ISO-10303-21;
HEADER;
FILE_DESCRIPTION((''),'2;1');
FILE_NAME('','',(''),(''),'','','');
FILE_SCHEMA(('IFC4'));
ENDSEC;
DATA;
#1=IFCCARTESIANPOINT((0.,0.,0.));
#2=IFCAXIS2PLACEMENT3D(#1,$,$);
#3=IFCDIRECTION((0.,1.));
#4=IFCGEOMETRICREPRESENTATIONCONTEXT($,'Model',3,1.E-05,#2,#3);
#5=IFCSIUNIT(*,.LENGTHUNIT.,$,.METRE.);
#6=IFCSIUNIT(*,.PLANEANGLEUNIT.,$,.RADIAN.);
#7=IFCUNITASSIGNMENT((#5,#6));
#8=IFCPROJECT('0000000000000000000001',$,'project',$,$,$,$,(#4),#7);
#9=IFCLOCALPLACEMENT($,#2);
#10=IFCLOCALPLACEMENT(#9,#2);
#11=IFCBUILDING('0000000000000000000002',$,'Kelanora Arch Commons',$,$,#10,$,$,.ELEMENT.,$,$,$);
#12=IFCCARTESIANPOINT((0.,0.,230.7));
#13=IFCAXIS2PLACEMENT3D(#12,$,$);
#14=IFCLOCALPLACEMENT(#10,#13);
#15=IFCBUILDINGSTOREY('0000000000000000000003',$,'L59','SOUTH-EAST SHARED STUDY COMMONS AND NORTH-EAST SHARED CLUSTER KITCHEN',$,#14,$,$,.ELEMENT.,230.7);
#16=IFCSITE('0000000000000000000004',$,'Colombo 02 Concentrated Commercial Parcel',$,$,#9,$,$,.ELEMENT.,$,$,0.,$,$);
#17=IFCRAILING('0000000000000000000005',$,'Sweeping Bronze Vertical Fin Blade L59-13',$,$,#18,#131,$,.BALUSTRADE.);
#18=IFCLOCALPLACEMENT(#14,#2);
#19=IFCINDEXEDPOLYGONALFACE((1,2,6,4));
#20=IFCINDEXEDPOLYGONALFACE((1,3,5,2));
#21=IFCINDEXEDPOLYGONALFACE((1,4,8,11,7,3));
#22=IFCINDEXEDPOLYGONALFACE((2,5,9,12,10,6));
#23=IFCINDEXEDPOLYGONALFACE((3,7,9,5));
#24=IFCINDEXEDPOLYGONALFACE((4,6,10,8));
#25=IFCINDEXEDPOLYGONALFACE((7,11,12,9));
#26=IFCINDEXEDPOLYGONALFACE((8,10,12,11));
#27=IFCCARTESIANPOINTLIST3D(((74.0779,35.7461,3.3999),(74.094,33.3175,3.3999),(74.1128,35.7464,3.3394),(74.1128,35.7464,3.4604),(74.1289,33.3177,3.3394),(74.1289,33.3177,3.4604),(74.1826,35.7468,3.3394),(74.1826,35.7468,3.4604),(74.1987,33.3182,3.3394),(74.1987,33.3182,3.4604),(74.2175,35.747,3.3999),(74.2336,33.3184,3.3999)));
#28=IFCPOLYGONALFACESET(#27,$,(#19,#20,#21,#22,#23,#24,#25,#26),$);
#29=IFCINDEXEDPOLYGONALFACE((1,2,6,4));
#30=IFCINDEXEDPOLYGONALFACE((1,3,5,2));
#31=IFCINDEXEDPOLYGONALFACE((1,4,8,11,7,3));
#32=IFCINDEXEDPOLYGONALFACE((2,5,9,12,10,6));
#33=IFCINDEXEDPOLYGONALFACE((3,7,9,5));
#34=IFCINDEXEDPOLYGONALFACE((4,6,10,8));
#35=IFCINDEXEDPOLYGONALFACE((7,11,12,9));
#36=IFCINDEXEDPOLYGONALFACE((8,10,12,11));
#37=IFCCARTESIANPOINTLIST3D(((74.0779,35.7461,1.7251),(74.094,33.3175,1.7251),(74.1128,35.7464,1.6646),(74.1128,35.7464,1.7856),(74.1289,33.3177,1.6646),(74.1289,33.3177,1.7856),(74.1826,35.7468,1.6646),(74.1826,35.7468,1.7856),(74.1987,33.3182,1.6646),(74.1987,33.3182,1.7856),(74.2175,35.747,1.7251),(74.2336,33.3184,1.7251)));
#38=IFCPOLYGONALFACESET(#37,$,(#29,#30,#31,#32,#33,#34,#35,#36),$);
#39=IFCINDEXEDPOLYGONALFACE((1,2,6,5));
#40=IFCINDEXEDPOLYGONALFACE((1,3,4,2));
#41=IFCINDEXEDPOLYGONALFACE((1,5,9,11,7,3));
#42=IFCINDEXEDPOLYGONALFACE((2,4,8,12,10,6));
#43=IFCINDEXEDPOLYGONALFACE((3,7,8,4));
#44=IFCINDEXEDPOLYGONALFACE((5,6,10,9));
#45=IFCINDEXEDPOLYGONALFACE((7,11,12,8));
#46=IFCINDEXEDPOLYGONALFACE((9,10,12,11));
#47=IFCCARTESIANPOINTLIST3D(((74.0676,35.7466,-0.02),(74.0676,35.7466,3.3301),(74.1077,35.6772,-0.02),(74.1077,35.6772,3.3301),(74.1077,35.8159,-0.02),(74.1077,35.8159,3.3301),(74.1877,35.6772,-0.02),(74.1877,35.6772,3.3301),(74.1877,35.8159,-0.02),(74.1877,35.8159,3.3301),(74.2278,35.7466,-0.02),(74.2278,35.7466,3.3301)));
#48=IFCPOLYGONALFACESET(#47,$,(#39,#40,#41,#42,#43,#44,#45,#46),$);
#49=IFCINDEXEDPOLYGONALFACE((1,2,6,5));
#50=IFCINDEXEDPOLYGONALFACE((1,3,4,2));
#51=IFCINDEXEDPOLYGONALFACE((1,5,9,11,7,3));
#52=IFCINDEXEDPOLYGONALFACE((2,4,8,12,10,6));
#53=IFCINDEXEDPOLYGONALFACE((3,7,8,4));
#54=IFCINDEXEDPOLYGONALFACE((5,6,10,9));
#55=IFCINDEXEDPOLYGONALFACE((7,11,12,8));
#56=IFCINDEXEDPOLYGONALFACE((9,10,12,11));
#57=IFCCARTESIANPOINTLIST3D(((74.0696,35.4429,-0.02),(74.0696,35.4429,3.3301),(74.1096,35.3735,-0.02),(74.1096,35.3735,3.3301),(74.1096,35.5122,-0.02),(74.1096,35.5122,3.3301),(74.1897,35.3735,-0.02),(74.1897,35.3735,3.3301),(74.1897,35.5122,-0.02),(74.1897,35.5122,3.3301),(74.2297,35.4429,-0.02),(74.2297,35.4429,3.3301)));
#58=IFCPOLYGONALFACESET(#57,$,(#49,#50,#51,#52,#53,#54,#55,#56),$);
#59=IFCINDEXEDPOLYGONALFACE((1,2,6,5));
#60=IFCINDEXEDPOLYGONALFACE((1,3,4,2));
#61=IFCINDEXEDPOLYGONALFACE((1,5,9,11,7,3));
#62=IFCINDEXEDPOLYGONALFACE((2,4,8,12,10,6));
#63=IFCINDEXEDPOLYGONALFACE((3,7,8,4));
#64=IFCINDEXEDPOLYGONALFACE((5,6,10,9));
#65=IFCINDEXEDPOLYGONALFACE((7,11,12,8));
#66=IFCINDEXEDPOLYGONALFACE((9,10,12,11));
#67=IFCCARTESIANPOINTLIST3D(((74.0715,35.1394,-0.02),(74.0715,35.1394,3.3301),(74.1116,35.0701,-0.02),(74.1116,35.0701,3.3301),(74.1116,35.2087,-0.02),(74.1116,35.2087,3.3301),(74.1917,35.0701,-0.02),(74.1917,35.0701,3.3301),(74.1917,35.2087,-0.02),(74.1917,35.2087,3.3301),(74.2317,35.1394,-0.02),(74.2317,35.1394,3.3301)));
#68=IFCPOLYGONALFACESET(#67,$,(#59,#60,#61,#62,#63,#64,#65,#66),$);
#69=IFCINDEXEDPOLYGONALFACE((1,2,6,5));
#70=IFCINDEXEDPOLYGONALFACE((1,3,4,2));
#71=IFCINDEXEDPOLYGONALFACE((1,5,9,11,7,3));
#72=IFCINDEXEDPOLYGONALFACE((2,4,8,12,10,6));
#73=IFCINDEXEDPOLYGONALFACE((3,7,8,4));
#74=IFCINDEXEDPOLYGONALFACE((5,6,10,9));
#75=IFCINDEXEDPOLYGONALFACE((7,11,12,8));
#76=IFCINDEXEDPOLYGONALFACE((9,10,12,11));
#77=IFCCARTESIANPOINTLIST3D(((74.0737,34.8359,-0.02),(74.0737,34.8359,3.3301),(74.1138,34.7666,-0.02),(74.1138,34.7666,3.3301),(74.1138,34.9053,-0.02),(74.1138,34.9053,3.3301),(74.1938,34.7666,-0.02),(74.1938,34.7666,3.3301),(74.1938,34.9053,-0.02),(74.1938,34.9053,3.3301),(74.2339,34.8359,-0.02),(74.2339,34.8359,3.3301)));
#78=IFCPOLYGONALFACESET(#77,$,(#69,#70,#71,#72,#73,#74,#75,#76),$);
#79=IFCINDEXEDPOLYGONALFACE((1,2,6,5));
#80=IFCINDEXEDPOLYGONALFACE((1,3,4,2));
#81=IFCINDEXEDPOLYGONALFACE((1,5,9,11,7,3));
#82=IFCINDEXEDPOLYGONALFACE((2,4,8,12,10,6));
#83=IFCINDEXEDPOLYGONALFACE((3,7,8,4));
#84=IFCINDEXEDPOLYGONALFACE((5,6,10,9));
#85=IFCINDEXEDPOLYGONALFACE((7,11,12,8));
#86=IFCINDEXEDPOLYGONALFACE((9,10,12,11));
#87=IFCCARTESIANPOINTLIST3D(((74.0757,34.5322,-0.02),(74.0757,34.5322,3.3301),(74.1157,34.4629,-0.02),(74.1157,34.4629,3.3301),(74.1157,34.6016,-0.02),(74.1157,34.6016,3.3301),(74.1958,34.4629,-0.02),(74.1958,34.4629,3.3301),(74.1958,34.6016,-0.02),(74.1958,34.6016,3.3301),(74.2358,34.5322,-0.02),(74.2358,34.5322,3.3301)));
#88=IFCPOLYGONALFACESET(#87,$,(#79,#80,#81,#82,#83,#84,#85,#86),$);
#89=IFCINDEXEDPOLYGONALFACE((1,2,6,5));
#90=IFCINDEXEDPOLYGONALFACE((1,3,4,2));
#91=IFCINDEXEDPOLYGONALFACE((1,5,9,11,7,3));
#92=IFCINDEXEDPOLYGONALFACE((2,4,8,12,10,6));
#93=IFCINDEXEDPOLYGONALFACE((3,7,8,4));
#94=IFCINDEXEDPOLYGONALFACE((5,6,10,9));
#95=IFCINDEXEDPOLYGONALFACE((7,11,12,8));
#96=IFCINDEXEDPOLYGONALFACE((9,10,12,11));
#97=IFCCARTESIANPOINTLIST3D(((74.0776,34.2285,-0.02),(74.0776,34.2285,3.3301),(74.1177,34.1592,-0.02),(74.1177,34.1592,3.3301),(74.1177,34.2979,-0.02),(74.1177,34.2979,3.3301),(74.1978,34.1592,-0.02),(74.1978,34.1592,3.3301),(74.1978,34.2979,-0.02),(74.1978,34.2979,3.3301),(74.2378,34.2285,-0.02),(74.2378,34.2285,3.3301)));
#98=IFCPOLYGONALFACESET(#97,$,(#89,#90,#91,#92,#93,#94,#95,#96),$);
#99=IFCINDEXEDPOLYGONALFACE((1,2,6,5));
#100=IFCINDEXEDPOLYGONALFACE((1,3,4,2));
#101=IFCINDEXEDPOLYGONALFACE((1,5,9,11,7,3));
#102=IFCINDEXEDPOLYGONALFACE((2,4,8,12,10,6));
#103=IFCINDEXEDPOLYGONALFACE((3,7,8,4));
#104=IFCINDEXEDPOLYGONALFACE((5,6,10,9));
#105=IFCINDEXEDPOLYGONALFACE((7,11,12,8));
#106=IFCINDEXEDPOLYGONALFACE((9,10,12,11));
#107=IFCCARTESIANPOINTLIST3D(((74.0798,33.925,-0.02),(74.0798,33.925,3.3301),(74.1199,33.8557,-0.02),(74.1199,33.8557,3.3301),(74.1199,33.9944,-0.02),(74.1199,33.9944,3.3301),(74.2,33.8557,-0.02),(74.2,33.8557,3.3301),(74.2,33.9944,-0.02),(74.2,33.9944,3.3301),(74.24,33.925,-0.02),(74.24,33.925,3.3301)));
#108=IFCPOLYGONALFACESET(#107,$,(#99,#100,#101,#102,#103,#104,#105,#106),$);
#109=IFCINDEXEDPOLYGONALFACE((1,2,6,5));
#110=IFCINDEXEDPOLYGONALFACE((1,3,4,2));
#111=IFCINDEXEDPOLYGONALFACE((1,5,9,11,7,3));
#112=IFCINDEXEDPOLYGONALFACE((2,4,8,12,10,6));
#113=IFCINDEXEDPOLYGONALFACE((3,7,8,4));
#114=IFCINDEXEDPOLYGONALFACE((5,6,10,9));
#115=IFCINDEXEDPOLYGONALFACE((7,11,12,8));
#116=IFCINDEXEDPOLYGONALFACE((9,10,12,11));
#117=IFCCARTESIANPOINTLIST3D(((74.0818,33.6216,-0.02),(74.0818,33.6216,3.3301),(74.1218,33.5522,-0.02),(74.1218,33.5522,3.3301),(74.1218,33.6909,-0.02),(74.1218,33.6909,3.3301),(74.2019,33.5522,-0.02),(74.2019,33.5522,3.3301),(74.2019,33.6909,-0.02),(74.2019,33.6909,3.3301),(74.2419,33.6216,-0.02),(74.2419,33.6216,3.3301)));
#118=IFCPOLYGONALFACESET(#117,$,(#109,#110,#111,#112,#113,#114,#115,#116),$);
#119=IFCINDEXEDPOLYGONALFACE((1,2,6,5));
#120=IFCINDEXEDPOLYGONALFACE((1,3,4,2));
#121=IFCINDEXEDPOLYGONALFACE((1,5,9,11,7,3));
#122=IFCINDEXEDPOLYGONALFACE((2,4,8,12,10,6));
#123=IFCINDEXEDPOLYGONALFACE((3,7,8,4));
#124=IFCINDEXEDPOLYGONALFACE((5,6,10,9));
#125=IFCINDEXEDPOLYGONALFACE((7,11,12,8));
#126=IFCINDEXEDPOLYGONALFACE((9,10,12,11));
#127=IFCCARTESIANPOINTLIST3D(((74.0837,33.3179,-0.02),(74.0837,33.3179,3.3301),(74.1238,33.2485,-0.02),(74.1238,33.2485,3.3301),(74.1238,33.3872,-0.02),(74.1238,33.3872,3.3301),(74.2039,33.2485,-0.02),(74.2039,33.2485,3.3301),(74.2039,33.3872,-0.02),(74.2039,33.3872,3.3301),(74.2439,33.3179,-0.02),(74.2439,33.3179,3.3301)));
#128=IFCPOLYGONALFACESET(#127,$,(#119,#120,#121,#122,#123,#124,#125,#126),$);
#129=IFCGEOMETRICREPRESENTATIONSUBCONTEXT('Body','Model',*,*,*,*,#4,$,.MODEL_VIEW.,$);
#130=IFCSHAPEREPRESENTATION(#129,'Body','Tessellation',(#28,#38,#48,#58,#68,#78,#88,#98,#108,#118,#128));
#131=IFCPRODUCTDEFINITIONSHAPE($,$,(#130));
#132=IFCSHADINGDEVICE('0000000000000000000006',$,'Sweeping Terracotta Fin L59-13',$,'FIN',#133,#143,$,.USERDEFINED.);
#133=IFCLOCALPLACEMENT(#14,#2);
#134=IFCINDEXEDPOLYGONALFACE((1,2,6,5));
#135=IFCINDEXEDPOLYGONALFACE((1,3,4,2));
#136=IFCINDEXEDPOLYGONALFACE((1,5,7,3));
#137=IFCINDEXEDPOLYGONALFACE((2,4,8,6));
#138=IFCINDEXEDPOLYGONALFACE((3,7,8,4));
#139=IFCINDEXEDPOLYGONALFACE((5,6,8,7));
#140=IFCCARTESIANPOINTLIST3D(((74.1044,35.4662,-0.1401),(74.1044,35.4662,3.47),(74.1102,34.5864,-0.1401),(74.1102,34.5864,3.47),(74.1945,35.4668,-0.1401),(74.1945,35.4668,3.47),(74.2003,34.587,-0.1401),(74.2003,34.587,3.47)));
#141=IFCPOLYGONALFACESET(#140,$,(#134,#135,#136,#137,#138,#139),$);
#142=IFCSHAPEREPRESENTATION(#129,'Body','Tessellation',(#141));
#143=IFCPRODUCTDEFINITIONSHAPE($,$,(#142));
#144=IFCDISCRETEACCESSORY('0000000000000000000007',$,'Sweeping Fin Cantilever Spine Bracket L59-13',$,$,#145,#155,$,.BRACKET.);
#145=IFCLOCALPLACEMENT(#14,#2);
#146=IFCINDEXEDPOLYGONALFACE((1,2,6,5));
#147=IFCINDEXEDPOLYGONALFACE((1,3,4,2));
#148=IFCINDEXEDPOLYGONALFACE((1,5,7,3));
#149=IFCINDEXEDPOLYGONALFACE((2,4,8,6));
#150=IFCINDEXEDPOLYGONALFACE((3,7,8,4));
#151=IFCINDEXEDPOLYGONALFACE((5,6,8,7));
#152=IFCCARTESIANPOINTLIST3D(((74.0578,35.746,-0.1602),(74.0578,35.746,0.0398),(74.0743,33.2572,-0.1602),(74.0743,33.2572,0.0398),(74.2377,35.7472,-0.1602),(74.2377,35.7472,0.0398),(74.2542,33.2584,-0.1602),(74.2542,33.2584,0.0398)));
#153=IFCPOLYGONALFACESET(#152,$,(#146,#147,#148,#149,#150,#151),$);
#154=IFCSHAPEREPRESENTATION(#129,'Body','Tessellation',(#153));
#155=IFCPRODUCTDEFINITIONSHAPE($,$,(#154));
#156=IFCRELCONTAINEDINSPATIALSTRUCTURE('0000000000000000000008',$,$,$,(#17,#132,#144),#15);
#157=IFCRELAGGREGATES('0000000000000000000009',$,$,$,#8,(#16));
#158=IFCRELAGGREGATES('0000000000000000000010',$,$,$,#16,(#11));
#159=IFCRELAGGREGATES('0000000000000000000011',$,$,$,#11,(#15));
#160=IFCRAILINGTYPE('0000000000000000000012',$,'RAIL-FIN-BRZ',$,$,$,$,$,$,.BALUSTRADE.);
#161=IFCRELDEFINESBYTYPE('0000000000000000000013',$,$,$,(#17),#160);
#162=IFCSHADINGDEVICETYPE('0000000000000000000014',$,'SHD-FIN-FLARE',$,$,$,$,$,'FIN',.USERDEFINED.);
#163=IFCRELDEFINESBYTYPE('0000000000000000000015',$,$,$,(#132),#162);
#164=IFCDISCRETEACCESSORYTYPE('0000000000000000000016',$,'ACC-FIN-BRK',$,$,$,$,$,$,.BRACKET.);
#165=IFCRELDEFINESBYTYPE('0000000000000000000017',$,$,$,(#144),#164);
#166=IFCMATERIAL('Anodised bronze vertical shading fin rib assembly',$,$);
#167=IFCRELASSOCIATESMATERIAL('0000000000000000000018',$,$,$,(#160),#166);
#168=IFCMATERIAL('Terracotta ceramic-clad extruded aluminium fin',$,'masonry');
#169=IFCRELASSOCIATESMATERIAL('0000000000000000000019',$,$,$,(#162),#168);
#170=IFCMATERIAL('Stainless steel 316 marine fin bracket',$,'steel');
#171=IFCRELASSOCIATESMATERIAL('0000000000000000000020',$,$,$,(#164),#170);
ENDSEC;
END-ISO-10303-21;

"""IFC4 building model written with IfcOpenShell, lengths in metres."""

from ifc_helpers import new_model, si_unit, direction, frame, origin, origin_2d, place, context, subcontext, project, spatial, polyline, rectangle, outline, extrude, source, transform, mapped, material, type_object, element, save


model = new_model("IFC4")

# Units and contexts
model_context = context("Model", 3, precision=1e-05, world=origin(), true_north=direction((0.0, 1.0)))
body_context = subcontext(model_context, "Body", "Model", "MODEL_VIEW")
ifc_project = project(units=[si_unit("LENGTHUNIT", "METRE"), si_unit("PLANEANGLEUNIT", "RADIAN")], contexts=[model_context])

# Site, building, storey
site_placement = place(None, origin())
site = spatial("IfcSite", under=ifc_project, at=site_placement, Name="Colombo 02 Concentrated Commercial Parcel", CompositionType="ELEMENT", RefElevation=0.0)
building_placement = place(site_placement, origin())
building = spatial("IfcBuilding", under=site, at=building_placement, Name="Kelanora Arch Commons", CompositionType="ELEMENT")
storey_placement = place(building_placement, frame((0.0, 0.0, 230.7)))
storey = spatial("IfcBuildingStorey", under=building, at=storey_placement, Name="L59", Description="SOUTH-EAST SHARED STUDY COMMONS AND NORTH-EAST SHARED CLUSTER KITCHEN", CompositionType="ELEMENT", Elevation=230.7)

# Railing
ifc_material_1 = material(Name="Anodised bronze vertical shading fin rib assembly")
railing_type = type_object("IfcRailingType", Name="RAIL-FIN-BRZ", PredefinedType="BALUSTRADE", material=ifc_material_1)
railing_placement = place(storey_placement, frame((74.1477, 35.7466, -0.02)))
element("IfcRailing", 1, at=railing_placement, inside=storey, type_object=railing_type, Name="Sweeping Bronze Vertical Fin Blade L59-13", PredefinedType="BALUSTRADE", context=body_context, shape_type="SweptSolid", body=[
    extrude(outline(polyline([(0.0698, 0.0), (0.0349, 0.0605), (-0.0349, 0.0605), (-0.0698, 0.0), (-0.0349, -0.0605), (0.0349, -0.0605), (0.0698, 0.0)])), frame((0.0, 0.0, 3.4199), z_axis=(0.006634, -0.999978, 0.0), x_axis=(0.999978, 0.006634, 0.0)), (0.0, 0.0, 1.0), 2.4287),
    extrude(outline(polyline([(0.0698, 0.0), (0.0349, 0.0605), (-0.0349, 0.0605), (-0.0698, 0.0), (-0.0349, -0.0605), (0.0349, -0.0605), (0.0698, 0.0)])), frame((0.0, 0.0, 1.7451), z_axis=(0.006634, -0.999978, 0.0), x_axis=(0.999978, 0.006634, 0.0)), (0.0, 0.0, 1.0), 2.4287),
    extrude(outline(polyline([(0.0801, 0.0), (0.04, 0.0693), (-0.04, 0.0693), (-0.0801, 0.0), (-0.04, -0.0693), (0.04, -0.0693), (0.0801, 0.0)])), origin(), (0.0, 0.0, 1.0), 3.3501),
    extrude(outline(polyline([(0.0801, 0.0), (0.04, 0.0693), (-0.04, 0.0693), (-0.0801, 0.0), (-0.04, -0.0693), (0.04, -0.0693), (0.0801, 0.0)])), frame((0.002, -0.3037, 0.0)), (0.0, 0.0, 1.0), 3.3501),
    extrude(outline(polyline([(0.0801, 0.0), (0.04, 0.0693), (-0.04, 0.0693), (-0.0801, 0.0), (-0.04, -0.0693), (0.04, -0.0693), (0.0801, 0.0)])), frame((0.0039, -0.6072, 0.0)), (0.0, 0.0, 1.0), 3.3501),
    extrude(outline(polyline([(0.0801, 0.0), (0.04, 0.0693), (-0.04, 0.0693), (-0.0801, 0.0), (-0.04, -0.0693), (0.04, -0.0693), (0.0801, 0.0)])), frame((0.0061, -0.9106, 0.0)), (0.0, 0.0, 1.0), 3.3501),
    extrude(outline(polyline([(0.0801, 0.0), (0.04, 0.0693), (-0.04, 0.0693), (-0.0801, 0.0), (-0.04, -0.0693), (0.04, -0.0693), (0.0801, 0.0)])), frame((0.0081, -1.2144, 0.0)), (0.0, 0.0, 1.0), 3.3501),
    extrude(outline(polyline([(0.0801, 0.0), (0.04, 0.0693), (-0.04, 0.0693), (-0.0801, 0.0), (-0.04, -0.0693), (0.04, -0.0693), (0.0801, 0.0)])), frame((0.01, -1.5181, 0.0)), (0.0, 0.0, 1.0), 3.3501),
    extrude(outline(polyline([(0.0801, 0.0), (0.04, 0.0693), (-0.04, 0.0693), (-0.0801, 0.0), (-0.04, -0.0693), (0.04, -0.0693), (0.0801, 0.0)])), frame((0.0122, -1.8215, 0.0)), (0.0, 0.0, 1.0), 3.3501),
    extrude(outline(polyline([(0.0801, 0.0), (0.04, 0.0693), (-0.04, 0.0693), (-0.0801, 0.0), (-0.04, -0.0693), (0.04, -0.0693), (0.0801, 0.0)])), frame((0.0142, -2.125, 0.0)), (0.0, 0.0, 1.0), 3.3501),
    extrude(outline(polyline([(0.0801, 0.0), (0.04, 0.0693), (-0.04, 0.0693), (-0.0801, 0.0), (-0.04, -0.0693), (0.04, -0.0693), (0.0801, 0.0)])), frame((0.0161, -2.4287, 0.0)), (0.0, 0.0, 1.0), 3.3501),
])

# Shading device
ifc_material_2 = material(Name="Terracotta ceramic-clad extruded aluminium fin", Category="masonry")
shading_device_type = type_object("IfcShadingDeviceType", Name="SHD-FIN-FLARE", ElementType="FIN", PredefinedType="USERDEFINED", material=ifc_material_2)
shared_shape_1 = source(origin(), body_context, "Body", "SweptSolid", [
    extrude(rectangle(XDim=0.8799, YDim=0.0901, at=origin_2d()), origin(), (0.0, 0.0, 1.0), 3.6101),
])
shading_device_placement = place(storey_placement, frame((74.1523, 35.0266, -0.1401), z_axis=(0.0, 0.0, 1.0), x_axis=(0.006632, -0.999978, 0.0)))
element("IfcShadingDevice", 2, at=shading_device_placement, inside=storey, type_object=shading_device_type, Name="Sweeping Terracotta Fin L59-13", ObjectType="FIN", PredefinedType="USERDEFINED", context=body_context, shape_type="MappedRepresentation", body=[
    mapped(shared_shape_1, transform((0.0, 0.0, 0.0), scale=1.0)),
])

# Discrete accessory
ifc_material_3 = material(Name="Stainless steel 316 marine fin bracket", Category="steel")
discrete_accessory_type = type_object("IfcDiscreteAccessoryType", Name="ACC-FIN-BRK", PredefinedType="BRACKET", material=ifc_material_3)
shared_shape_2 = source(origin(), body_context, "Body", "SweptSolid", [
    extrude(rectangle(XDim=2.4888, YDim=0.1799, at=origin_2d()), origin(), (0.0, 0.0, 1.0), 0.2),
])
discrete_accessory_placement = place(storey_placement, frame((74.156, 34.5022, -0.1602), z_axis=(0.0, 0.0, 1.0), x_axis=(0.006632, -0.999978, 0.0)))
element("IfcDiscreteAccessory", 3, at=discrete_accessory_placement, inside=storey, type_object=discrete_accessory_type, Name="Sweeping Fin Cantilever Spine Bracket L59-13", PredefinedType="BRACKET", context=body_context, shape_type="MappedRepresentation", body=[
    mapped(shared_shape_2, transform((0.0, 0.0, 0.0), scale=1.0)),
])

save(model, "model.ifc")
